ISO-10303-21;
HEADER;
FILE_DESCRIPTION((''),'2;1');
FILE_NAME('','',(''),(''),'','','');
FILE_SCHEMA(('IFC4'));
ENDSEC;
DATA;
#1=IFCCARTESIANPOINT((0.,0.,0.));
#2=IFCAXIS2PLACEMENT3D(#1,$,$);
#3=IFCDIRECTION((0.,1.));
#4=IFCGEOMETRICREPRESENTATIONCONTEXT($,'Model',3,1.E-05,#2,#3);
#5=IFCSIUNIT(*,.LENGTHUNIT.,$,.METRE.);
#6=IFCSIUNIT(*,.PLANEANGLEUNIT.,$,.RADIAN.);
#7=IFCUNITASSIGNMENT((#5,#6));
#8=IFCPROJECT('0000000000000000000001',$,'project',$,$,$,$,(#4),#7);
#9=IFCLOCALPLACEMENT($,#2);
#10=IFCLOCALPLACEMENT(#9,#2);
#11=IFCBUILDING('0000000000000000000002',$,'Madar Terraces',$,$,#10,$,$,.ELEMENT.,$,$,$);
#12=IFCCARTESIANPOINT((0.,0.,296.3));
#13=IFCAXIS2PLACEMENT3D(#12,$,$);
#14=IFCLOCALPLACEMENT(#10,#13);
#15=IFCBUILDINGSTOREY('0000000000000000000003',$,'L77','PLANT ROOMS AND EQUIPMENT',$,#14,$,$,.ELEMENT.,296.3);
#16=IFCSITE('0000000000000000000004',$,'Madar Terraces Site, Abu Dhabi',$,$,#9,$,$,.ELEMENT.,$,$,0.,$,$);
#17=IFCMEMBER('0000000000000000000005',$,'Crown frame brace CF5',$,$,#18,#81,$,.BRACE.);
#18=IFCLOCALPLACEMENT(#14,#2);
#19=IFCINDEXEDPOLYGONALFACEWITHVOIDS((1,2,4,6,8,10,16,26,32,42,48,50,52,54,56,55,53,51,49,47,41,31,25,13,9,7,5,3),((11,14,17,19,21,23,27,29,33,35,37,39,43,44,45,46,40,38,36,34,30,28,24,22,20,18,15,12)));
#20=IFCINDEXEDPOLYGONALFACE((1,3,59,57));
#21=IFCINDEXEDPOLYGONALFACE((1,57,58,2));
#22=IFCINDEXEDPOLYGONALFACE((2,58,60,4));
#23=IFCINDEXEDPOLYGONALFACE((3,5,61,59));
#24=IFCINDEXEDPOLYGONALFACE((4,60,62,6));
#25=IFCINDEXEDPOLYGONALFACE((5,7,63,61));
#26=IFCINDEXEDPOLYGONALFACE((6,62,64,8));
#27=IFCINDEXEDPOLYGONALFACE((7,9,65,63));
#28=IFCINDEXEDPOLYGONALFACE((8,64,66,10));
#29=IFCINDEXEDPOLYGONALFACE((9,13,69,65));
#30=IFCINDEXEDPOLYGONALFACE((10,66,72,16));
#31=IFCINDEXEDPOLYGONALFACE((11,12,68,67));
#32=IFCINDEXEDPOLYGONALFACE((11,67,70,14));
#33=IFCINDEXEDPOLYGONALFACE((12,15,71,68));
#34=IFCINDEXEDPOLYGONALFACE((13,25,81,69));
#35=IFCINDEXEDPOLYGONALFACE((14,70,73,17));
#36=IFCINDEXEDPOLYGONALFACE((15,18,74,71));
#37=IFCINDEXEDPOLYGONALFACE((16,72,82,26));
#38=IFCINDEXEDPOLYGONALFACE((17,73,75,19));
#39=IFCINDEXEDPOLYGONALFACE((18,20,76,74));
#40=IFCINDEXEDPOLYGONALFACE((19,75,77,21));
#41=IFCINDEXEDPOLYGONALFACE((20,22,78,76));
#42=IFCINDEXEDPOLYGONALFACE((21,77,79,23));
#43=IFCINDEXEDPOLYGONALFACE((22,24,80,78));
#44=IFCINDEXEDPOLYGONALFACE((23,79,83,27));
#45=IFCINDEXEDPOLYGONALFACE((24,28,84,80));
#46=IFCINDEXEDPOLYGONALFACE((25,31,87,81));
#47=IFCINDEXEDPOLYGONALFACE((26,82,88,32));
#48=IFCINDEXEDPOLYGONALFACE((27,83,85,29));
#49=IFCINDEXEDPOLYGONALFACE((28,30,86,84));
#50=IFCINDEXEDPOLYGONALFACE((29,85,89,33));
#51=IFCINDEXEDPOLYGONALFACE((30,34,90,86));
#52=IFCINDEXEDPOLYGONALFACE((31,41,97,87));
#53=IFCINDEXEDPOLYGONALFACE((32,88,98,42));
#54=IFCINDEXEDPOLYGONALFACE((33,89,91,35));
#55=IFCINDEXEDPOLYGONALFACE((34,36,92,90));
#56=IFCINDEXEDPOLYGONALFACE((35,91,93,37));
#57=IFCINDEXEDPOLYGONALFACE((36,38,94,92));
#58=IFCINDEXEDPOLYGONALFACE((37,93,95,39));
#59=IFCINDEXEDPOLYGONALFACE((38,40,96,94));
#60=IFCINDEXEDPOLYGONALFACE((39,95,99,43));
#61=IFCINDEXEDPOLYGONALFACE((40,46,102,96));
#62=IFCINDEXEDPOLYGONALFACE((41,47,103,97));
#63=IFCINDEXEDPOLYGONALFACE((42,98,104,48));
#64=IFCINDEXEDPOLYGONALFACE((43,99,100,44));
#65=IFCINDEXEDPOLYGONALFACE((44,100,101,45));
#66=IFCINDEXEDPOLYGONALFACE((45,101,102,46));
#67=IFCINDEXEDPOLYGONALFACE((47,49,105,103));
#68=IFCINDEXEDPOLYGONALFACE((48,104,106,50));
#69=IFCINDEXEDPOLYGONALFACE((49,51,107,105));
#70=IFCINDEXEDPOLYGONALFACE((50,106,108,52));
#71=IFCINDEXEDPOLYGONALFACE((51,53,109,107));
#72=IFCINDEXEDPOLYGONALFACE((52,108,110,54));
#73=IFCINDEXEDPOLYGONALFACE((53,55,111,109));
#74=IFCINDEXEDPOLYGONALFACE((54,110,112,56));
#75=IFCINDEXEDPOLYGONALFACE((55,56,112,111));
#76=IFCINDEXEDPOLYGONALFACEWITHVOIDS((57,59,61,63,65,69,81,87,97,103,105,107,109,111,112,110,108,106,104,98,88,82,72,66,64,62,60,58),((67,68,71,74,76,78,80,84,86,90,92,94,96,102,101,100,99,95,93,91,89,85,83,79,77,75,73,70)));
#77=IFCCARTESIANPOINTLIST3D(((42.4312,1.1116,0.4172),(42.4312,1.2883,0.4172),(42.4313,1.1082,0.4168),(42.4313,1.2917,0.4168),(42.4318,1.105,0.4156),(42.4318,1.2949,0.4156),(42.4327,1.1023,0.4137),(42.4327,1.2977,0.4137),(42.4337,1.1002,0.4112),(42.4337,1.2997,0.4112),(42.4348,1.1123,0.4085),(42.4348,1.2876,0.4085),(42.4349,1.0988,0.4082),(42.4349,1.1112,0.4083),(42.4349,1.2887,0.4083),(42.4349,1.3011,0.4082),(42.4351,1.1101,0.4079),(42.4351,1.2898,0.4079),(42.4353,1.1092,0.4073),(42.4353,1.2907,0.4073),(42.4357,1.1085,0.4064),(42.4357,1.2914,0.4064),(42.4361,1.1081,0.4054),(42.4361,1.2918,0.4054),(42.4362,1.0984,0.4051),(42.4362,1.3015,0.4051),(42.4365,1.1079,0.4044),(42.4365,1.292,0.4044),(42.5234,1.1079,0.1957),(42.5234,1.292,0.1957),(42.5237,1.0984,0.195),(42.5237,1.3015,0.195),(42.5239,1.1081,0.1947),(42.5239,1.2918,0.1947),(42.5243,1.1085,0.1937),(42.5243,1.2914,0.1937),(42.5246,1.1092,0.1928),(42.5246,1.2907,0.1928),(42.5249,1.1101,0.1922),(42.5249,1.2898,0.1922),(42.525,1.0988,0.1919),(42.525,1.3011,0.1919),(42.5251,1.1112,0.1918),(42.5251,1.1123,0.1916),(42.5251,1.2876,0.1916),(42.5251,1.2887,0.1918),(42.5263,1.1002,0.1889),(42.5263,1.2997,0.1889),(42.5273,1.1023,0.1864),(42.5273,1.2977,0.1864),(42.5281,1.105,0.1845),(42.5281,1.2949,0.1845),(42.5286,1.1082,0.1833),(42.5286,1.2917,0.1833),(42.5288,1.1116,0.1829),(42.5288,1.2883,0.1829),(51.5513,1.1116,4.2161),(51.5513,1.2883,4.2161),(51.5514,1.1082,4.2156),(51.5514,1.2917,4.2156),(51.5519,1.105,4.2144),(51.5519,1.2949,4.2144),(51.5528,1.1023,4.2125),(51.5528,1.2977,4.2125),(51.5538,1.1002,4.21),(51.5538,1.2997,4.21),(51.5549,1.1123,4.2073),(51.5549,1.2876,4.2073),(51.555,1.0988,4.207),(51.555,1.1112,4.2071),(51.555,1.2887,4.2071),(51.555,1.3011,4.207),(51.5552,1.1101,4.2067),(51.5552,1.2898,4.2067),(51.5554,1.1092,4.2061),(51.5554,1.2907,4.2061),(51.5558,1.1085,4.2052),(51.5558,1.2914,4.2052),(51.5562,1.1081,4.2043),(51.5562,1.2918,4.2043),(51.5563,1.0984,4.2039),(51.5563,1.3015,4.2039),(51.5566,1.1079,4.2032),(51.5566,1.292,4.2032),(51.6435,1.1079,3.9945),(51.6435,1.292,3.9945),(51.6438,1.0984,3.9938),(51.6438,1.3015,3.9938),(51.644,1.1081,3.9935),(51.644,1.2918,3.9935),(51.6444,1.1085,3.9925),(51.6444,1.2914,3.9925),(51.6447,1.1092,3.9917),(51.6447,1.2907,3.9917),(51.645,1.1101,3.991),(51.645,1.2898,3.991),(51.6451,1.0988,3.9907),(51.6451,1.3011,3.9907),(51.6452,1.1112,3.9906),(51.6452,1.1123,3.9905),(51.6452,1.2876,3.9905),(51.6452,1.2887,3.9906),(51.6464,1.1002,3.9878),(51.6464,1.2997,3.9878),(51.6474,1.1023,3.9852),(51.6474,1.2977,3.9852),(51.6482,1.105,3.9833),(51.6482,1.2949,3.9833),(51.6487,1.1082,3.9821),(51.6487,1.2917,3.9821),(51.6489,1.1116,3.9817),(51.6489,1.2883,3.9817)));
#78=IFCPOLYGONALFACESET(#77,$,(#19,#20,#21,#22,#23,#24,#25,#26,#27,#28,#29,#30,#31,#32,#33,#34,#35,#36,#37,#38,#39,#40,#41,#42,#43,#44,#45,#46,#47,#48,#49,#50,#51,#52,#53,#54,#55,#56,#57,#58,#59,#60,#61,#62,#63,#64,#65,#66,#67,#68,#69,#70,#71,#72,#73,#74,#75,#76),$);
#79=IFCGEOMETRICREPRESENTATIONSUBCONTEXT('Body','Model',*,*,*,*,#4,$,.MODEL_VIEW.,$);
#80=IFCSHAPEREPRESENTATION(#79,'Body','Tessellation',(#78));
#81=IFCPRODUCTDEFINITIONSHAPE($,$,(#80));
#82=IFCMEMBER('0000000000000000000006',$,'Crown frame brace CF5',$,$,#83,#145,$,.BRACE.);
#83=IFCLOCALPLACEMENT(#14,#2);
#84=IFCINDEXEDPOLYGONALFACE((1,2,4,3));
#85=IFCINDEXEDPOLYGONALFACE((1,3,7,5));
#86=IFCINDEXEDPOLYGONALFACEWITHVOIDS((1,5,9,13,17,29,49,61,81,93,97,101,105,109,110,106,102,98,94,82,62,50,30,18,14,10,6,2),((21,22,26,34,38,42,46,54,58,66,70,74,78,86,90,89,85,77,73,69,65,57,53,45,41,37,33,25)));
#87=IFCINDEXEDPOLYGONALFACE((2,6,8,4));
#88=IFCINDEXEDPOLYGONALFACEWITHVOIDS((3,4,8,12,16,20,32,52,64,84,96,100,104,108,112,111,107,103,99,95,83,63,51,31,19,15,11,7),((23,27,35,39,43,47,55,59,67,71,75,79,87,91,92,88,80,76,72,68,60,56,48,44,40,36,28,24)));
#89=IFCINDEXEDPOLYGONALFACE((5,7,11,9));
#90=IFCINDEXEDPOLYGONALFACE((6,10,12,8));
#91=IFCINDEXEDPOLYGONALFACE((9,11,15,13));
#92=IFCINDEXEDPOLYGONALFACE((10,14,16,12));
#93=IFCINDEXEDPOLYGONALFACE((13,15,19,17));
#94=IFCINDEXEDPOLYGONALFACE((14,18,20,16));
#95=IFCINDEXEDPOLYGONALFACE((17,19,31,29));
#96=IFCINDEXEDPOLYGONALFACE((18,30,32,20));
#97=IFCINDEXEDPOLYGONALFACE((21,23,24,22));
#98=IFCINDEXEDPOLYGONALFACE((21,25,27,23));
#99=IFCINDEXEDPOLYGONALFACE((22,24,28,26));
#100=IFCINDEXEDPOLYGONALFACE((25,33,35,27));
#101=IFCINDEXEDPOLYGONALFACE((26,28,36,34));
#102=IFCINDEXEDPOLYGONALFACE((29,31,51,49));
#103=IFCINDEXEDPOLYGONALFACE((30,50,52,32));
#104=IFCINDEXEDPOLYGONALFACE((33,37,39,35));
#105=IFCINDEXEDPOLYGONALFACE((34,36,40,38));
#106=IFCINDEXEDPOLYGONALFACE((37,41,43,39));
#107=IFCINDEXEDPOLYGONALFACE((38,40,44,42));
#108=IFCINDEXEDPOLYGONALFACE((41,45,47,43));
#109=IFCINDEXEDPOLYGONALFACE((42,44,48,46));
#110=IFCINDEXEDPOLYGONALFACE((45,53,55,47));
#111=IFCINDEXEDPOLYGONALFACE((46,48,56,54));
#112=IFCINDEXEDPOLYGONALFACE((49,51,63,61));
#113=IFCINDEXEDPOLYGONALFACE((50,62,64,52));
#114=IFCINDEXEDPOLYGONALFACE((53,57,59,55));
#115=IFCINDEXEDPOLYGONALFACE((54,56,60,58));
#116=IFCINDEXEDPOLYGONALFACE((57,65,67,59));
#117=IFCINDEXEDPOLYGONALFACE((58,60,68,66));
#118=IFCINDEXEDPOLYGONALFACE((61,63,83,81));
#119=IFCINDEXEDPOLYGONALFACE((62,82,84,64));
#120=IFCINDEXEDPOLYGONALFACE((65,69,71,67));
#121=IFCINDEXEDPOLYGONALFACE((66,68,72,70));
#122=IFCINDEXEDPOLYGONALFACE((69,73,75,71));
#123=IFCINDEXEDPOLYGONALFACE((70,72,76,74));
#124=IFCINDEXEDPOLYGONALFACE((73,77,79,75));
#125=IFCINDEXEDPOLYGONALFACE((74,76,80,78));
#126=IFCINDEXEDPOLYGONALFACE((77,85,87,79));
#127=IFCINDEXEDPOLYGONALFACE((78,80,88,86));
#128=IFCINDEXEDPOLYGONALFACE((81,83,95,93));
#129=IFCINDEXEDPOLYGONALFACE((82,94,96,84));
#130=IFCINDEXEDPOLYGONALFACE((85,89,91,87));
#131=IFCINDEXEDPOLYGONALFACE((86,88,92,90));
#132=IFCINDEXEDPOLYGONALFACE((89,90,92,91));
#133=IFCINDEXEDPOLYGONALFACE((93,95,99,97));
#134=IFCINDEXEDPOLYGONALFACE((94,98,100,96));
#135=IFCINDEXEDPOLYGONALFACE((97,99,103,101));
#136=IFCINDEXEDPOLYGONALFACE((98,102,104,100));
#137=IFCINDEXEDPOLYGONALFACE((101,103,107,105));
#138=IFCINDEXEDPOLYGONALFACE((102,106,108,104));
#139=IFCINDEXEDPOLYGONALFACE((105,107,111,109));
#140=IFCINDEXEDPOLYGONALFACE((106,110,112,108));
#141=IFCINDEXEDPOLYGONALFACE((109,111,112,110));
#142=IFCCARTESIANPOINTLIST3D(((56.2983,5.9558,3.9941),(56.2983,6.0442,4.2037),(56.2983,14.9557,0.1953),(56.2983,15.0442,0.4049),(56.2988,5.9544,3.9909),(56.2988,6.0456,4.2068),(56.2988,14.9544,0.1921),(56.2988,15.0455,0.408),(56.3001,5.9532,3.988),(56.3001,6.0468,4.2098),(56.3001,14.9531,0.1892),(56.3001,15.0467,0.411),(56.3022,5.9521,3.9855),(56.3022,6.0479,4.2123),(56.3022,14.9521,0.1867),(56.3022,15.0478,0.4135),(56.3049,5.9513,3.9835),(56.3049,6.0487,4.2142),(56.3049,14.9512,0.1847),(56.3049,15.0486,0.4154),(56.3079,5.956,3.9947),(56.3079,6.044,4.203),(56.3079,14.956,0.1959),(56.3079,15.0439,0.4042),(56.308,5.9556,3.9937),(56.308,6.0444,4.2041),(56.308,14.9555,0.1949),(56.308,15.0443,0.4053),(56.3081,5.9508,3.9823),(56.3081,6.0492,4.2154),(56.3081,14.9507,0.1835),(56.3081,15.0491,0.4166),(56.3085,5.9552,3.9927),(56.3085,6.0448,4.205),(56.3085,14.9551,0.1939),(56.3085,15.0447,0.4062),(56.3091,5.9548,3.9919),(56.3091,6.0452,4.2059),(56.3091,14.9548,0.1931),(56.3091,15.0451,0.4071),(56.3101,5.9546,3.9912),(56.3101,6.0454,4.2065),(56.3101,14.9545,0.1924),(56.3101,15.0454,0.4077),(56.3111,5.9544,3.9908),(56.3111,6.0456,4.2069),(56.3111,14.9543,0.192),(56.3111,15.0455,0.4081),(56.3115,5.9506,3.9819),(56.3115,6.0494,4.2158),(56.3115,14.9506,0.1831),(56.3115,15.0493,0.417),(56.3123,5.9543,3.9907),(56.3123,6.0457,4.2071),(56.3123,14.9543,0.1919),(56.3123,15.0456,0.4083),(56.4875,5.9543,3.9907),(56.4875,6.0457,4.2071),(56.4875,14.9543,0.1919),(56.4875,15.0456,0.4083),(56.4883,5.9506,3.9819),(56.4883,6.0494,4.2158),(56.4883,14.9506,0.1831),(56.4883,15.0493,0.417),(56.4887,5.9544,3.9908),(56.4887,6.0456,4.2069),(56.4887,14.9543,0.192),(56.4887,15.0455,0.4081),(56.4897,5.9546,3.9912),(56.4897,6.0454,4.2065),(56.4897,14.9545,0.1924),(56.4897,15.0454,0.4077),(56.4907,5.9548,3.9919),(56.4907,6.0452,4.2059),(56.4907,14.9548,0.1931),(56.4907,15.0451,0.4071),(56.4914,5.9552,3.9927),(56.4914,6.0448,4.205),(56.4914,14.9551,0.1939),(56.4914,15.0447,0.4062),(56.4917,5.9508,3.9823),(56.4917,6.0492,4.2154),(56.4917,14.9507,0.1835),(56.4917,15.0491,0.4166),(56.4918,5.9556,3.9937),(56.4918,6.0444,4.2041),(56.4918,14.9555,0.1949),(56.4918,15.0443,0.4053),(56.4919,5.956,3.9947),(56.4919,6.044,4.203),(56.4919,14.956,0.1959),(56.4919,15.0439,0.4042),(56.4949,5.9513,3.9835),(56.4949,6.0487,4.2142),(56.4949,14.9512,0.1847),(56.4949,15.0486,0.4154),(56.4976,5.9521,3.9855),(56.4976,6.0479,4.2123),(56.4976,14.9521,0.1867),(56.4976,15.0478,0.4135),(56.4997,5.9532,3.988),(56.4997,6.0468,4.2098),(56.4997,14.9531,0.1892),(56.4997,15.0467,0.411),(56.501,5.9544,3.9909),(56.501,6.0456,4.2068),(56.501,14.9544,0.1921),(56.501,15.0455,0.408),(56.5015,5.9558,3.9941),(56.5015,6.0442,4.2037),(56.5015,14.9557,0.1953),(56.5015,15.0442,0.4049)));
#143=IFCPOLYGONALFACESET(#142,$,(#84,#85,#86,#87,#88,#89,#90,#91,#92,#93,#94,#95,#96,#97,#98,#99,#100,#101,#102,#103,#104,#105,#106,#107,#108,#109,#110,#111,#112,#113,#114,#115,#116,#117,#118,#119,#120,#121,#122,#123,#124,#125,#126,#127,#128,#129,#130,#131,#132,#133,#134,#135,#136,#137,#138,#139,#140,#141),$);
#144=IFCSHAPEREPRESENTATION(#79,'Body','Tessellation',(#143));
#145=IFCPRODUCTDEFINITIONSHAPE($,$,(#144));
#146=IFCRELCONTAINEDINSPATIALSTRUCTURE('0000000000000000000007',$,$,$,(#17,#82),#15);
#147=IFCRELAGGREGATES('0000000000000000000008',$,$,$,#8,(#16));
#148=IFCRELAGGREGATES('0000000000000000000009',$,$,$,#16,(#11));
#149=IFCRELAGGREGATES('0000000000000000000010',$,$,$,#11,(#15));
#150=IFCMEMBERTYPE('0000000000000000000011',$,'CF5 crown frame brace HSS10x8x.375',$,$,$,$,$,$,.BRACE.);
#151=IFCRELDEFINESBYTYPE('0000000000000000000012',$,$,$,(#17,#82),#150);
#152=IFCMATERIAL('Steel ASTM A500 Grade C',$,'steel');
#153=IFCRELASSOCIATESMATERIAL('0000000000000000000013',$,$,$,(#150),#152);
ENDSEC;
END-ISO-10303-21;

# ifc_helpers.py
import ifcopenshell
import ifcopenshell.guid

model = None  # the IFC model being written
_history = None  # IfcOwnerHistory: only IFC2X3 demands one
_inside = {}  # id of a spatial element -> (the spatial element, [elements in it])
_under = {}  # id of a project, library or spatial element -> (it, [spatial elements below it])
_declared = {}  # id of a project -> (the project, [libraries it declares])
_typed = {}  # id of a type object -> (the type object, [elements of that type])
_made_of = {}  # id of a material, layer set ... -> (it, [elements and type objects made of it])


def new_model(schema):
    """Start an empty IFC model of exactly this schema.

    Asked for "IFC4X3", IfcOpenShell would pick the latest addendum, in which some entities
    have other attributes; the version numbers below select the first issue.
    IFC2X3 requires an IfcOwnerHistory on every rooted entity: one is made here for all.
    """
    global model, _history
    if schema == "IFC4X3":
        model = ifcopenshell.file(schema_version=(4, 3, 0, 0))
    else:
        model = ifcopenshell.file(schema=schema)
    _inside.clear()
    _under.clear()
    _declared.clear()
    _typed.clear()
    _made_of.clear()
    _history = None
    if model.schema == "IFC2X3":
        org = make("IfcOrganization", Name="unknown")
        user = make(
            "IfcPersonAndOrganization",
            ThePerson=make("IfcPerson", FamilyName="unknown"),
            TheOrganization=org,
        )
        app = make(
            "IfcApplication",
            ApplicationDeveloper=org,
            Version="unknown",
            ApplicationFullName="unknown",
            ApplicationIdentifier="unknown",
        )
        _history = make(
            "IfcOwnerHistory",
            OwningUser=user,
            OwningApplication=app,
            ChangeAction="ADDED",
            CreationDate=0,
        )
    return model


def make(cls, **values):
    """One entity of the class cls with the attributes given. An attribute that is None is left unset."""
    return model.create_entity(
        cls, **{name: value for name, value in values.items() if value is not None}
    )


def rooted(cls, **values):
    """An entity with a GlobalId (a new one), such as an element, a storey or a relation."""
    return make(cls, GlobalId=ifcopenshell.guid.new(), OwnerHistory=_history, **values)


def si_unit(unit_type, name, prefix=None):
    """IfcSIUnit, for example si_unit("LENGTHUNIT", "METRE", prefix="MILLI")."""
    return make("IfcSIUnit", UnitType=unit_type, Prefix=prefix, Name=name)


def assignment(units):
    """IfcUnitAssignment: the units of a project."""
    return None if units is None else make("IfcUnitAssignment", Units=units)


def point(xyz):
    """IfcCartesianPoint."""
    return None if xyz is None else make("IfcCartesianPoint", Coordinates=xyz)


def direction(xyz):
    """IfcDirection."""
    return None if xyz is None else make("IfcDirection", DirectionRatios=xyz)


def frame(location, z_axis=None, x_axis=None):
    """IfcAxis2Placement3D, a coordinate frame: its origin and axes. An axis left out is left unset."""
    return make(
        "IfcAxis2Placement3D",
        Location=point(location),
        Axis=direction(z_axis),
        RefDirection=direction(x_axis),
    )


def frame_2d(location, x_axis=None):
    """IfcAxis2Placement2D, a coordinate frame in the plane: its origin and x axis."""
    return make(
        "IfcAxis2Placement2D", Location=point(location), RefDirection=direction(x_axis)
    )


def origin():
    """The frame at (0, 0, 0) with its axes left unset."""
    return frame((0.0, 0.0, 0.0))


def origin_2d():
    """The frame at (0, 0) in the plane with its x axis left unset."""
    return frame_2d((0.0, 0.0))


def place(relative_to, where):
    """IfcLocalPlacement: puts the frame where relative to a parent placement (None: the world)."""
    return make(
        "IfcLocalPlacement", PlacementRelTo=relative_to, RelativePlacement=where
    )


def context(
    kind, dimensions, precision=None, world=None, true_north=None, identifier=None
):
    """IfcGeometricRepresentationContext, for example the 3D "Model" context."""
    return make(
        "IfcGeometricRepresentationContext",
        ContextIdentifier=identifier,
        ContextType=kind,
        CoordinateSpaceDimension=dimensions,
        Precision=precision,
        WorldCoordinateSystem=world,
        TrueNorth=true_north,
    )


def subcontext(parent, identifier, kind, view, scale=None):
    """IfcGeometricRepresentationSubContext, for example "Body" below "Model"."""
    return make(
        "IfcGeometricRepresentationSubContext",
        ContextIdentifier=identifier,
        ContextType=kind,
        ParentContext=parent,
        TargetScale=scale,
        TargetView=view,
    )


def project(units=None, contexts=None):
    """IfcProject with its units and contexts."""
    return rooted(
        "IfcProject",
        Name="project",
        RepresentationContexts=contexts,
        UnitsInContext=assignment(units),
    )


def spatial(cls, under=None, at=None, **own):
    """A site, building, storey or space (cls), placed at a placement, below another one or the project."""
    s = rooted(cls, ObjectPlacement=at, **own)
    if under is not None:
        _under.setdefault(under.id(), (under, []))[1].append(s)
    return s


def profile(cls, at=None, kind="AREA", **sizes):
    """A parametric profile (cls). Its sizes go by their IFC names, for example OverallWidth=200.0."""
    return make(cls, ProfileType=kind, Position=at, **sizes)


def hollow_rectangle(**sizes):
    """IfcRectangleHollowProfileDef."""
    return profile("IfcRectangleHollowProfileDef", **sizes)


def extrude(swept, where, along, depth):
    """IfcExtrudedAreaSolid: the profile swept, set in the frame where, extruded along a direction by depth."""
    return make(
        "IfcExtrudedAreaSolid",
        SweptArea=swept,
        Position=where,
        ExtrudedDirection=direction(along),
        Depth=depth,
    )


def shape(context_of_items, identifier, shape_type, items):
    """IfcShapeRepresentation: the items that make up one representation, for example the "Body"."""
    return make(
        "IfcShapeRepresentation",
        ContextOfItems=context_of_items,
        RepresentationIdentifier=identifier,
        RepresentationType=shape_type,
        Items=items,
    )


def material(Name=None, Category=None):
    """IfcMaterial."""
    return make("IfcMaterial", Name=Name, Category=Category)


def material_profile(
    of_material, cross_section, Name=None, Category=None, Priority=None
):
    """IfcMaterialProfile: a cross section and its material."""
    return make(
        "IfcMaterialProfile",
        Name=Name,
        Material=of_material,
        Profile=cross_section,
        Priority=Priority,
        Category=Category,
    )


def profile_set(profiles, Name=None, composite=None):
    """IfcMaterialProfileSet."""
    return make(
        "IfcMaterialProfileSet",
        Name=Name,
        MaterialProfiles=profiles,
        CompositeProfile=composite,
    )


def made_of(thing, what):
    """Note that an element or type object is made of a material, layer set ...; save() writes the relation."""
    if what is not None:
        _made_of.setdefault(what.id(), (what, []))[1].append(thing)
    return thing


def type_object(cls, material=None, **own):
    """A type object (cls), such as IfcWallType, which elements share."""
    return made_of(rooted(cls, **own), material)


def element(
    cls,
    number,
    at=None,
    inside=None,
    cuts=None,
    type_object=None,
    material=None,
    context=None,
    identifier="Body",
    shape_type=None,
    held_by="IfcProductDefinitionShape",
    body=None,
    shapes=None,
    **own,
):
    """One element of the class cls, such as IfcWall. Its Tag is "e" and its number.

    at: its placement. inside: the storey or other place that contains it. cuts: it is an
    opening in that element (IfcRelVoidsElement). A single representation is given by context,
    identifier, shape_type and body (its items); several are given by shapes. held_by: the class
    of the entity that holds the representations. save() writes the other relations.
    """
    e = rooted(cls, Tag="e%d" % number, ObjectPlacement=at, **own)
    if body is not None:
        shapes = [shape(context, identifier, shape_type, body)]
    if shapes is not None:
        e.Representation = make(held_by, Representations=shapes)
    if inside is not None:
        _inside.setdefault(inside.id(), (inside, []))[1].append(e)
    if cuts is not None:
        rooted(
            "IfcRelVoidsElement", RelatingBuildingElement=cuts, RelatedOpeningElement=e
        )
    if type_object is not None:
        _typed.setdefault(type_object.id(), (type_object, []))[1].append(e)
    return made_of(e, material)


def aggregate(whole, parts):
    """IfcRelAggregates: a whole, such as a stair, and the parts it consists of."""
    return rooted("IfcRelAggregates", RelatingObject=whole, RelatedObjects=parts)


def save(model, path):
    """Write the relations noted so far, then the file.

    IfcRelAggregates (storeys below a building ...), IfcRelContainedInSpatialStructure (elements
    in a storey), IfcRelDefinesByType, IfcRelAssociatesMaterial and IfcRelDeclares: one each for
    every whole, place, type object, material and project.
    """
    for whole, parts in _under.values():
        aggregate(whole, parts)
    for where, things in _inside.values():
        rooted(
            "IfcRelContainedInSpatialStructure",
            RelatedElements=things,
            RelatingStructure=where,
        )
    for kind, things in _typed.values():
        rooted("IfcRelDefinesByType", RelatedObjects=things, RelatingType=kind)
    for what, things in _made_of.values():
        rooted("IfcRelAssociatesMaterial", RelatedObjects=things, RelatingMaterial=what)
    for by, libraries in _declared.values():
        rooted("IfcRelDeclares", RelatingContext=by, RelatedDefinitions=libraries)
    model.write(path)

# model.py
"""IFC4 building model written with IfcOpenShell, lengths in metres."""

from ifc_helpers import new_model, si_unit, direction, frame, origin, origin_2d, place, context, subcontext, project, spatial, hollow_rectangle, extrude, material, material_profile, profile_set, type_object, element, save


model = new_model("IFC4")

# Units and contexts
model_context = context("Model", 3, precision=1e-05, world=origin(), true_north=direction((0.0, 1.0)))
body_context = subcontext(model_context, "Body", "Model", "MODEL_VIEW")
ifc_project = project(units=[si_unit("LENGTHUNIT", "METRE"), si_unit("PLANEANGLEUNIT", "RADIAN")], contexts=[model_context])

# Site, building, storey
site_placement = place(None, origin())
site = spatial("IfcSite", under=ifc_project, at=site_placement, Name="Madar Terraces Site, Abu Dhabi", CompositionType="ELEMENT", RefElevation=0.0)
building_placement = place(site_placement, origin())
building = spatial("IfcBuilding", under=site, at=building_placement, Name="Madar Terraces", CompositionType="ELEMENT")
storey_placement = place(building_placement, frame((0.0, 0.0, 296.3)))
storey = spatial("IfcBuildingStorey", under=building, at=storey_placement, Name="L77", Description="PLANT ROOMS AND EQUIPMENT", CompositionType="ELEMENT", Elevation=296.3)

# Members
ifc_material_1 = material(Name="Steel ASTM A500 Grade C", Category="steel")
ifc_material_profile_1 = material_profile(ifc_material_1, hollow_rectangle(XDim=0.2031, YDim=0.2539, WallThickness=0.0095, InnerFilletRadius=0.0044, OuterFilletRadius=0.0132, at=origin_2d()), Name="HSS10x8x.375")
ifc_profile_set_1 = profile_set([ifc_material_profile_1], Name="Steel ASTM A500 Grade C")
member_type_1 = type_object("IfcMemberType", Name="CF5 crown frame brace HSS10x8x.375", PredefinedType="BRACE", material=ifc_profile_set_1)
member_1_placement = place(storey_placement, frame((42.48, 1.2, 0.3), z_axis=(0.923121, 0.0, 0.38451), x_axis=(0.0, 1.0, 0.0)))
element("IfcMember", 1, at=member_1_placement, inside=storey, type_object=member_type_1, Name="Crown frame brace CF5", PredefinedType="BRACE", context=body_context, shape_type="SweptSolid", body=[
    extrude(hollow_rectangle(XDim=0.2031, YDim=0.2539, WallThickness=0.0095, InnerFilletRadius=0.0044, OuterFilletRadius=0.0132, at=origin_2d()), origin(), (0.0, 0.0, 1.0), 9.8796),
])
member_2_placement = place(storey_placement, frame((56.3999, 6.0, 4.0989), z_axis=(0.0, 0.921293, -0.38887), x_axis=(-1.0, 0.0, 0.0)))
element("IfcMember", 2, at=member_2_placement, inside=storey, type_object=member_type_1, Name="Crown frame brace CF5", PredefinedType="BRACE", context=body_context, shape_type="SweptSolid", body=[
    extrude(hollow_rectangle(XDim=0.2031, YDim=0.2539, WallThickness=0.0095, InnerFilletRadius=0.0044, OuterFilletRadius=0.0132, at=origin_2d()), origin(), (0.0, 0.0, 1.0), 9.7688),
])

save(model, "model.ifc")
